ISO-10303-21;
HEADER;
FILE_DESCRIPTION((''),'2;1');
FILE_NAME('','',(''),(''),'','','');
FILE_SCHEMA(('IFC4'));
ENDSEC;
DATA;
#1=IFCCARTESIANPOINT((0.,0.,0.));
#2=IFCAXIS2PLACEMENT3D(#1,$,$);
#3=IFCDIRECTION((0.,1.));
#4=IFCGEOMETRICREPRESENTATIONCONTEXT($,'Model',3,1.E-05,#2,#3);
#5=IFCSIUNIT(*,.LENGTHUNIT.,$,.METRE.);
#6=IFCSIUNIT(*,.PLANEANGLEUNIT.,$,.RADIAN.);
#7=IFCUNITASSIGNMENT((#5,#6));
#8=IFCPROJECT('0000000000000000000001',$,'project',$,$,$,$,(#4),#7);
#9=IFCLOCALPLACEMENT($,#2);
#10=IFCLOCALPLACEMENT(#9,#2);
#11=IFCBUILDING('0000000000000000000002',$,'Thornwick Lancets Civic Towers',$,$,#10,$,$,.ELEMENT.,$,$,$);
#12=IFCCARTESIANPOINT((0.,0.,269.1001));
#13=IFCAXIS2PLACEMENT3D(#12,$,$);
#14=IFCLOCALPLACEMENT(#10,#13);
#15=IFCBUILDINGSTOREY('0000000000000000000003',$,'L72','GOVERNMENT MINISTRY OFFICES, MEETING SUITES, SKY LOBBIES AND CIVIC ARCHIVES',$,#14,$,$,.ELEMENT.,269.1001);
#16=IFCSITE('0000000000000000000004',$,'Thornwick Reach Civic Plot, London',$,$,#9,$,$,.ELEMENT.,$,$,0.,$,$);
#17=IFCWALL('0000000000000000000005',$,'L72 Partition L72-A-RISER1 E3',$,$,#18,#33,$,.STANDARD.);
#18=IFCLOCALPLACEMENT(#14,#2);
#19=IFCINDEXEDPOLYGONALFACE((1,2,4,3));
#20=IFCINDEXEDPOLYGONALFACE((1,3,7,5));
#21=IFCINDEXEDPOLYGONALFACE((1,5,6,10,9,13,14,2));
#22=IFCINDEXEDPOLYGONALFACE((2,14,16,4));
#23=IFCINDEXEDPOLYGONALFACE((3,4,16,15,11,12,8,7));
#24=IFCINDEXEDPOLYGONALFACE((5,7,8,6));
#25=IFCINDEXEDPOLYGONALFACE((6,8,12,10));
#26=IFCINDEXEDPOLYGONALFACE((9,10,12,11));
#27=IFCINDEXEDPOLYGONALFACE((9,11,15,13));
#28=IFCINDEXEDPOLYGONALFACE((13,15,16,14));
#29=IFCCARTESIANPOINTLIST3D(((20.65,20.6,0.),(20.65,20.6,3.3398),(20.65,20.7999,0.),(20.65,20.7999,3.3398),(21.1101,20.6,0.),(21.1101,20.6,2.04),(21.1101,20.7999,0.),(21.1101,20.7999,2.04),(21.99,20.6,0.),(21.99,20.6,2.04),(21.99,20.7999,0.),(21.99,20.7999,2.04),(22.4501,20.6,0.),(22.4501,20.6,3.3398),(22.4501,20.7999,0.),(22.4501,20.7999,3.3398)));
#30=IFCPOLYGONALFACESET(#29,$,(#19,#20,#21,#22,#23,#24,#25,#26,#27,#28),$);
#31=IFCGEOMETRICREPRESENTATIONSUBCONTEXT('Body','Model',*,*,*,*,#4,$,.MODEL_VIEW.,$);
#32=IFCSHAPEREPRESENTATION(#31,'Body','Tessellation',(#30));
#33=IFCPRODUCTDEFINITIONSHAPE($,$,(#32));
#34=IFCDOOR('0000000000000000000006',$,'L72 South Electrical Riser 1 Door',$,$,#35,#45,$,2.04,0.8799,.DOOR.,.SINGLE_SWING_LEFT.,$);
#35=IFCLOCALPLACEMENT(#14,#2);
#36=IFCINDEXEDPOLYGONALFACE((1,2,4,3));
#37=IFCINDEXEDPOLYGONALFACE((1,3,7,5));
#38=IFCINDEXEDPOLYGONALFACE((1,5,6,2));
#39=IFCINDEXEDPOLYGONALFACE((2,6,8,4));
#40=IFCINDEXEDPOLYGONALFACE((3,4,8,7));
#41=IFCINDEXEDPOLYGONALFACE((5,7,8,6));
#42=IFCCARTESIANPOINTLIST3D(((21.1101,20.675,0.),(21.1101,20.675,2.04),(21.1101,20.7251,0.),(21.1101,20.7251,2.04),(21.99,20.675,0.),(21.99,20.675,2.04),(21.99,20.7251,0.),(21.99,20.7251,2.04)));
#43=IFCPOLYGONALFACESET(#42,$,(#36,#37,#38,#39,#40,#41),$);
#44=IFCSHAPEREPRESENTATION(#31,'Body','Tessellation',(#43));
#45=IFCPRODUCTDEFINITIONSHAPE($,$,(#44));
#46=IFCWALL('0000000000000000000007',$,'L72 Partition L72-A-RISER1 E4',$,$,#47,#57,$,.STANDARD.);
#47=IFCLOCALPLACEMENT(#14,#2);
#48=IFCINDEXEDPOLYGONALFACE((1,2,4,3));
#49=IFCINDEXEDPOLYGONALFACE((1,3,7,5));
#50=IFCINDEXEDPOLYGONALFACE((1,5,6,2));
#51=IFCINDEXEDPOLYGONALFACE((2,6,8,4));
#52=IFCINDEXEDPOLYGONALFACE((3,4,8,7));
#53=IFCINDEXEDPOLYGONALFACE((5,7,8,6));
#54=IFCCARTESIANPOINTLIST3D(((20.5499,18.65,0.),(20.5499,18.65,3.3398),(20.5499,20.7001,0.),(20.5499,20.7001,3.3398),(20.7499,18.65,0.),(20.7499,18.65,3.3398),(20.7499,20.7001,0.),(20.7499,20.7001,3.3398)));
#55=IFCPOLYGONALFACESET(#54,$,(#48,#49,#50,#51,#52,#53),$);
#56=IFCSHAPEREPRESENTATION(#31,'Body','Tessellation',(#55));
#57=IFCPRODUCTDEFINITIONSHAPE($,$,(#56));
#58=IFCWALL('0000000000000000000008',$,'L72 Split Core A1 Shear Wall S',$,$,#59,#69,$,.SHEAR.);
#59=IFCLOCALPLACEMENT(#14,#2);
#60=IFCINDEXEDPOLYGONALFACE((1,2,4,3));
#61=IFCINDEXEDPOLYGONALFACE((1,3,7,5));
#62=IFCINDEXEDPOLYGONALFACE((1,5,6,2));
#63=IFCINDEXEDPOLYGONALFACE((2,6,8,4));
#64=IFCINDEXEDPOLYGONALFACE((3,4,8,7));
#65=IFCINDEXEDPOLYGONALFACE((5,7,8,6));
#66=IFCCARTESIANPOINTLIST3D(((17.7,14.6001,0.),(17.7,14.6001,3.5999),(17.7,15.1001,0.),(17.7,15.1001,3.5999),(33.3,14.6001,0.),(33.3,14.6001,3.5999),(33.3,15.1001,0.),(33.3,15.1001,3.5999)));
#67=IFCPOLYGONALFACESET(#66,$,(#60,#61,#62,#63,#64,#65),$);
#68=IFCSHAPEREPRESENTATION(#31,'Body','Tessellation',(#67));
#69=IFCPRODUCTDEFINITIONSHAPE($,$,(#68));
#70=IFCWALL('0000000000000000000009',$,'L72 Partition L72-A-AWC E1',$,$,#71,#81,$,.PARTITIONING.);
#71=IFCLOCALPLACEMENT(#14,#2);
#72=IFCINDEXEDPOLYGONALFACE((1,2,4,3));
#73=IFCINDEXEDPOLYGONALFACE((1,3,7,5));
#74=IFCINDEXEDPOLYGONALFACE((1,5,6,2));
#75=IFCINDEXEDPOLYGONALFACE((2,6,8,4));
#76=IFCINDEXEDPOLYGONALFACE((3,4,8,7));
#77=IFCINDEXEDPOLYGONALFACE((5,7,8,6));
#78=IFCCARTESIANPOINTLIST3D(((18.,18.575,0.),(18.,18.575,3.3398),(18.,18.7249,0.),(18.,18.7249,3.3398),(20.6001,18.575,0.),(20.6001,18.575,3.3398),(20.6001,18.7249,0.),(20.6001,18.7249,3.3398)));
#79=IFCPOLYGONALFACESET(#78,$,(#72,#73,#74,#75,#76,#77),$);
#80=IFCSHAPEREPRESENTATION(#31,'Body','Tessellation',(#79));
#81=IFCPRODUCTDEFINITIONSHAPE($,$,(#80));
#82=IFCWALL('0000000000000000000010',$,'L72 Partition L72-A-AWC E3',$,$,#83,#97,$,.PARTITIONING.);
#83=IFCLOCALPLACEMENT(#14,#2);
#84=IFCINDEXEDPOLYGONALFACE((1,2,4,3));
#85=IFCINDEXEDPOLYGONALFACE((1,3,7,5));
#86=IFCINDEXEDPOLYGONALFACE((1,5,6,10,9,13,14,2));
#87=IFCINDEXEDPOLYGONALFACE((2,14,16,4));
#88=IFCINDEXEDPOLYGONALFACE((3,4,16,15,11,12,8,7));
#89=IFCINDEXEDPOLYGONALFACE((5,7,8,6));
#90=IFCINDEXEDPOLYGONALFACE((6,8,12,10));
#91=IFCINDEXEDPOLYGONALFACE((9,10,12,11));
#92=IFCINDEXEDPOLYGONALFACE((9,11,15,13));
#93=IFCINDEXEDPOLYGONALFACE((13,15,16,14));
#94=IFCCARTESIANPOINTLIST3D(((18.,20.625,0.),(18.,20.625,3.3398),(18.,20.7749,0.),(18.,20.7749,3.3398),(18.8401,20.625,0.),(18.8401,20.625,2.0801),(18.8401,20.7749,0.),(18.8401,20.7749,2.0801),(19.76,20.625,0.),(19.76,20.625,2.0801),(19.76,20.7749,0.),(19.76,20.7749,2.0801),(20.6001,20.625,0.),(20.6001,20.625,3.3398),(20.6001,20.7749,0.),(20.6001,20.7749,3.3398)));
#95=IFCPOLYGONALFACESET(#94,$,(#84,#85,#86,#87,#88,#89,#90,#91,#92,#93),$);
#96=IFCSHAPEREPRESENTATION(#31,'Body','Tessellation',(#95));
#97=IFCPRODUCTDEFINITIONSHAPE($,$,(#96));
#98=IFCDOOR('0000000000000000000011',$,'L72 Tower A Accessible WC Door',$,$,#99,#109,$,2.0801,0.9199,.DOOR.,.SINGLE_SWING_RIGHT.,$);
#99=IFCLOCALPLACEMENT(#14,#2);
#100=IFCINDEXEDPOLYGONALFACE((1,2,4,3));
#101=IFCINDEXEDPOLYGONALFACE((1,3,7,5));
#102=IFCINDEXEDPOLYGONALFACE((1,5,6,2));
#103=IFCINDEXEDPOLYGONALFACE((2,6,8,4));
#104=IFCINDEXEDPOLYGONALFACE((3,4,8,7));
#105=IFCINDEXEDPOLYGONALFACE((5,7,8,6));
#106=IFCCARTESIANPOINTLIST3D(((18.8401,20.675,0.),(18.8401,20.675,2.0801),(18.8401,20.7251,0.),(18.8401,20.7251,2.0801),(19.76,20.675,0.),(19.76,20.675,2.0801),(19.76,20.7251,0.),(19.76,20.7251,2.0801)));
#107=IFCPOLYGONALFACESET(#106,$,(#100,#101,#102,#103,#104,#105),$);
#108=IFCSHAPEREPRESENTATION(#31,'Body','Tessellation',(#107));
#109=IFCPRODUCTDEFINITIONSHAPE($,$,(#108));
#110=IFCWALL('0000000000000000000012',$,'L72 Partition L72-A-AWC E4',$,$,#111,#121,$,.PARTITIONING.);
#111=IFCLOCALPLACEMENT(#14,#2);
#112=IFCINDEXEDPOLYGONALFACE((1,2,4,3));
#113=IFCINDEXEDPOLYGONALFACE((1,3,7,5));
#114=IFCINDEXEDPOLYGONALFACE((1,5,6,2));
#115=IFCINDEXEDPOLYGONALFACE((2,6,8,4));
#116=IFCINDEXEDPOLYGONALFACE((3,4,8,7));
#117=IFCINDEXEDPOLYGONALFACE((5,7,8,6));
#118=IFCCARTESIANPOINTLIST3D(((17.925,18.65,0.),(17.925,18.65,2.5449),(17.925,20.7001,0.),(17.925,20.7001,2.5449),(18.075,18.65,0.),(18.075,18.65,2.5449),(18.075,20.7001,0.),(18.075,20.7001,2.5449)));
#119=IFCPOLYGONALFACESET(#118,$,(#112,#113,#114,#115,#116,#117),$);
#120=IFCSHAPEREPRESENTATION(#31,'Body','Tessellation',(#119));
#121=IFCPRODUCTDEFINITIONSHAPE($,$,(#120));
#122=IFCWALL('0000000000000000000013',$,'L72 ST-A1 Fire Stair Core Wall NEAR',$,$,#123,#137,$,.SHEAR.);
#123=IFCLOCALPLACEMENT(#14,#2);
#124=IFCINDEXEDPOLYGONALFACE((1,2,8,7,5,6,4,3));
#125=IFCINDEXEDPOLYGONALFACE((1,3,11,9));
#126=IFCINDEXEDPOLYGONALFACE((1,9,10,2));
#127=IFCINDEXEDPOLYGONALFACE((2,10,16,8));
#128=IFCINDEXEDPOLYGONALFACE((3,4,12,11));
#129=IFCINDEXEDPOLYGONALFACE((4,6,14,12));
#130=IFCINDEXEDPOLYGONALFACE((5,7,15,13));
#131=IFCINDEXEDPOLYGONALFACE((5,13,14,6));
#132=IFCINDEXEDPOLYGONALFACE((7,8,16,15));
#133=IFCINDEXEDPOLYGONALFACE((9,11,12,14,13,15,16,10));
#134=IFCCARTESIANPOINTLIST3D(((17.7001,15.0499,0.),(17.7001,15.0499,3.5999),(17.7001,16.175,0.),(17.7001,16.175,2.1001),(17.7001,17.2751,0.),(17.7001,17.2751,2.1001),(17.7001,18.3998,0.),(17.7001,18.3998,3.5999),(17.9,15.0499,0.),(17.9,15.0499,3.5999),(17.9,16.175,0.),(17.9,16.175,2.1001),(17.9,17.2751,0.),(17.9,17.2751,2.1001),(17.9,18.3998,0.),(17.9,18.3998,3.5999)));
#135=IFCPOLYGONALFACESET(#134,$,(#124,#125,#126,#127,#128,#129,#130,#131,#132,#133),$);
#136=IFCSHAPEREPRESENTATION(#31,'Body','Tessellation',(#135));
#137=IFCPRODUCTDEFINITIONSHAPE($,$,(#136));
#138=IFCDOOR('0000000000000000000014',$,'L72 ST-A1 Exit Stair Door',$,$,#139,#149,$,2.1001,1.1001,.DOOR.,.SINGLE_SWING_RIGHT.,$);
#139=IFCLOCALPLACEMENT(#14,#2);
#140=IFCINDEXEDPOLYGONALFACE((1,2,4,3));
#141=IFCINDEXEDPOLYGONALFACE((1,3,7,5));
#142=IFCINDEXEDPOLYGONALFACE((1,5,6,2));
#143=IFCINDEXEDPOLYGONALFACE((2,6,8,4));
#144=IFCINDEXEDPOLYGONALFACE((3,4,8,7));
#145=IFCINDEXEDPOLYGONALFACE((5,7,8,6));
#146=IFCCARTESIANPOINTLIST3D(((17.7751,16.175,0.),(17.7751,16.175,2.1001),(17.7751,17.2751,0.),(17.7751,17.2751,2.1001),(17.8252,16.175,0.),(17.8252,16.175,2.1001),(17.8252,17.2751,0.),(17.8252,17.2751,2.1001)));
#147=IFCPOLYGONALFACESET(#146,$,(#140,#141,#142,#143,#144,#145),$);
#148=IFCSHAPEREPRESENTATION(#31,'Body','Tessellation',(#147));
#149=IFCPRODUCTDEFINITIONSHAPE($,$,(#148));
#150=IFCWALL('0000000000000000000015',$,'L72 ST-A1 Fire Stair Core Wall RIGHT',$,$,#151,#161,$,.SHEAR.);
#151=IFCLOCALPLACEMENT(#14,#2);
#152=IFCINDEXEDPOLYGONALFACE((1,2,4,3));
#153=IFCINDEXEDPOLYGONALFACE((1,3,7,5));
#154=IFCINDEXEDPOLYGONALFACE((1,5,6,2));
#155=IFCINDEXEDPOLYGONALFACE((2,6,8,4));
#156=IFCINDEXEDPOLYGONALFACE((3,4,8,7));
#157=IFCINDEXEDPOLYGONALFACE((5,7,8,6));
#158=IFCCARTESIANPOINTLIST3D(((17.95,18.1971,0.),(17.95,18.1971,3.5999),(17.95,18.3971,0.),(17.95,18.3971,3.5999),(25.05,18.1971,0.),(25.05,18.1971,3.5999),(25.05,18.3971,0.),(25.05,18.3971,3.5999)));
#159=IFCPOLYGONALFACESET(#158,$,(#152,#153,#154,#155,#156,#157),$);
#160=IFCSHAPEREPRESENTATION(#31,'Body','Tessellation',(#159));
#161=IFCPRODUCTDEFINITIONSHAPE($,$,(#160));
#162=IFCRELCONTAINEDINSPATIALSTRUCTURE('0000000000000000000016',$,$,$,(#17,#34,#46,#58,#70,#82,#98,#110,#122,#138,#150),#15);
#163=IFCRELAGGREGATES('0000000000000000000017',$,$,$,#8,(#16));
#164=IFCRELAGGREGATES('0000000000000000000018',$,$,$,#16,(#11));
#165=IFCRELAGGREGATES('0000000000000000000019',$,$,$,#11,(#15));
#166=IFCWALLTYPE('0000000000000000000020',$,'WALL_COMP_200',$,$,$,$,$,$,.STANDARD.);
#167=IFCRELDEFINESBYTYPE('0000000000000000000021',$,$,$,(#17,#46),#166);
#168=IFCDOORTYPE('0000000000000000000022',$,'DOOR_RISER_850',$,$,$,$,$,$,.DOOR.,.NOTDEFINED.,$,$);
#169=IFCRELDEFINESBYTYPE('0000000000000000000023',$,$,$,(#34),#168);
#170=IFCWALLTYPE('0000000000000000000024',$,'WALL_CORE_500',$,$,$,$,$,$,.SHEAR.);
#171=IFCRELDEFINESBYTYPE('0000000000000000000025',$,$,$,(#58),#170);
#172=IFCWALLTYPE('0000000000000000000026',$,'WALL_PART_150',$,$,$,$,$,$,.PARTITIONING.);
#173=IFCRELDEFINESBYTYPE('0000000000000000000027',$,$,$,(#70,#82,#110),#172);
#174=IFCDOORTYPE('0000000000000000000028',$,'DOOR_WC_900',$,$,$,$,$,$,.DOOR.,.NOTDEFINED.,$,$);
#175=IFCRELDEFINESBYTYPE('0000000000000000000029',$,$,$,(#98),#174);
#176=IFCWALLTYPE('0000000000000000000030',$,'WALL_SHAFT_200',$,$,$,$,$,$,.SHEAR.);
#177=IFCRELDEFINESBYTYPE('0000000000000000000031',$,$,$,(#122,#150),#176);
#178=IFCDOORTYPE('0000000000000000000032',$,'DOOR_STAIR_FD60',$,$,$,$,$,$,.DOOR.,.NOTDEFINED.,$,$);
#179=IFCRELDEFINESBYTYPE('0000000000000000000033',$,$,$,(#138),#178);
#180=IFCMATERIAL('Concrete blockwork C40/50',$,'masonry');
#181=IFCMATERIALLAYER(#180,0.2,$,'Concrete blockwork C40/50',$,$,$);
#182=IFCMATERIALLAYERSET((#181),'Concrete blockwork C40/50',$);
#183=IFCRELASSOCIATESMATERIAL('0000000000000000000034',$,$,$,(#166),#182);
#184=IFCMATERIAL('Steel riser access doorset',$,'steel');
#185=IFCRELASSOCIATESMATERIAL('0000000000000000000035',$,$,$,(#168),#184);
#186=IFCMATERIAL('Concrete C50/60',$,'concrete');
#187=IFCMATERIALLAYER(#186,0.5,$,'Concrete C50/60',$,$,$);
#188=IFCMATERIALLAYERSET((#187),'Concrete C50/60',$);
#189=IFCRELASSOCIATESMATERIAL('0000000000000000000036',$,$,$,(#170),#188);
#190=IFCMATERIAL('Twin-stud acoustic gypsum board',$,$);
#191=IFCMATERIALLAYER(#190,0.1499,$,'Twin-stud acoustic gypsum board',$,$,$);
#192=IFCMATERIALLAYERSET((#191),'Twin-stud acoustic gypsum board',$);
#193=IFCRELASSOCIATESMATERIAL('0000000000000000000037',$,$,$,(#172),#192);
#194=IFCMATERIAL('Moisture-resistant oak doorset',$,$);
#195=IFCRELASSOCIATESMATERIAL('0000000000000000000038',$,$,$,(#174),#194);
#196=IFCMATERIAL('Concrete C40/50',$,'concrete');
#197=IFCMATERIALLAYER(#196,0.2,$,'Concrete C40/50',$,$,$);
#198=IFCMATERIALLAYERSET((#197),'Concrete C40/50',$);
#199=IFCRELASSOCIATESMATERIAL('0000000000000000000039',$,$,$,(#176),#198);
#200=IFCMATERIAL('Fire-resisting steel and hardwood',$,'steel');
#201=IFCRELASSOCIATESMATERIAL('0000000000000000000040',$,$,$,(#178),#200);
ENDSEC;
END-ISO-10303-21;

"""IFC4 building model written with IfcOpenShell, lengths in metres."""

from ifc_helpers import new_model, si_unit, direction, frame, frame_2d, origin, place, context, subcontext, project, spatial, rectangle, extrude, material, layer, layer_set, type_object, element, fill, save


model = new_model("IFC4")

# Units and contexts
model_context = context("Model", 3, precision=1e-05, world=origin(), true_north=direction((0.0, 1.0)))
body_context = subcontext(model_context, "Body", "Model", "MODEL_VIEW")
ifc_project = project(units=[si_unit("LENGTHUNIT", "METRE"), si_unit("PLANEANGLEUNIT", "RADIAN")], contexts=[model_context])

# Site, building, storey
site_placement = place(None, origin())
site = spatial("IfcSite", under=ifc_project, at=site_placement, Name="Thornwick Reach Civic Plot, London", CompositionType="ELEMENT", RefElevation=0.0)
building_placement = place(site_placement, origin())
building = spatial("IfcBuilding", under=site, at=building_placement, Name="Thornwick Lancets Civic Towers", CompositionType="ELEMENT")
storey_placement = place(building_placement, frame((0.0, 0.0, 269.1001)))
storey = spatial("IfcBuildingStorey", under=building, at=storey_placement, Name="L72", Description="GOVERNMENT MINISTRY OFFICES, MEETING SUITES, SKY LOBBIES AND CIVIC ARCHIVES", CompositionType="ELEMENT", Elevation=269.1001)

# Shared definitions
ifc_material_1 = material(Name="Concrete C50/60", Category="concrete")

# Shared definitions
ifc_material_2 = material(Name="Concrete C40/50", Category="concrete")

# Shared definitions
ifc_material_3 = material(Name="Concrete blockwork C40/50", Category="masonry")
ifc_layer_1 = layer(ifc_material_3, 0.2, Name="Concrete blockwork C40/50")
ifc_layer_set_1 = layer_set([ifc_layer_1], Name="Concrete blockwork C40/50")
wall_type_1 = type_object("IfcWallType", Name="WALL_COMP_200", PredefinedType="STANDARD", material=ifc_layer_set_1)

# Wall, opening, door
wall_1_placement = place(storey_placement, frame((22.45, 20.7, 0.0), z_axis=(0.0, 0.0, 1.0), x_axis=(-1.0, 0.0, 0.0)))
wall_1 = element("IfcWall", 1, at=wall_1_placement, inside=storey, type_object=wall_type_1, Name="L72 Partition L72-A-RISER1 E3", PredefinedType="STANDARD", context=body_context, shape_type="SweptSolid", body=[
    extrude(rectangle(XDim=1.8, YDim=0.2, at=frame_2d((0.8999, 0.0))), origin(), (0.0, 0.0, 1.0), 3.3398),
])
opening_1_placement = place(wall_1_placement, frame((0.46, 0.0, 0.0)))
opening_1 = element("IfcOpeningElement", 2, at=opening_1_placement, cuts=wall_1, PredefinedType="OPENING", context=body_context, shape_type="SweptSolid", body=[
    extrude(rectangle(XDim=0.8799, YDim=2.04, at=frame_2d((0.4399, 1.02))), frame((0.0, 0.1099, 0.0), z_axis=(0.0, -1.0, 0.0), x_axis=(1.0, 0.0, 0.0)), (0.0, 0.0, 1.0), 0.22),
])
ifc_material_4 = material(Name="Steel riser access doorset", Category="steel")
door_type_1 = type_object("IfcDoorType", Name="DOOR_RISER_850", OperationType="NOTDEFINED", PredefinedType="DOOR", material=ifc_material_4)
door_1_placement = place(opening_1_placement, origin())
door_1 = element("IfcDoor", 3, at=door_1_placement, inside=storey, type_object=door_type_1, Name="L72 South Electrical Riser 1 Door", OperationType="SINGLE_SWING_LEFT", OverallHeight=2.04, OverallWidth=0.8799, PredefinedType="DOOR", context=body_context, shape_type="SweptSolid", body=[
    extrude(rectangle(XDim=0.8799, YDim=2.04, at=frame_2d((0.4399, 1.02))), frame((0.0, 0.0249, 0.0), z_axis=(0.0, -1.0, 0.0), x_axis=(1.0, 0.0, 0.0)), (0.0, 0.0, 1.0), 0.05),
])
fill(opening_1, door_1)

# Walls
wall_2_placement = place(storey_placement, frame((20.6499, 20.7, 0.0), z_axis=(0.0, 0.0, 1.0), x_axis=(0.0, -1.0, 0.0)))
element("IfcWall", 4, at=wall_2_placement, inside=storey, type_object=wall_type_1, Name="L72 Partition L72-A-RISER1 E4", PredefinedType="STANDARD", context=body_context, shape_type="SweptSolid", body=[
    extrude(rectangle(XDim=2.05, YDim=0.2, at=frame_2d((1.0249, 0.0))), origin(), (0.0, 0.0, 1.0), 3.3398),
])
ifc_layer_2 = layer(ifc_material_1, 0.5, Name="Concrete C50/60")
ifc_layer_set_2 = layer_set([ifc_layer_2], Name="Concrete C50/60")
wall_type_2 = type_object("IfcWallType", Name="WALL_CORE_500", PredefinedType="SHEAR", material=ifc_layer_set_2)
wall_3_placement = place(storey_placement, frame((17.7, 14.8501, 0.0), z_axis=(0.0, 0.0, 1.0), x_axis=(1.0, 0.0, 0.0)))
element("IfcWall", 5, at=wall_3_placement, inside=storey, type_object=wall_type_2, Name="L72 Split Core A1 Shear Wall S", PredefinedType="SHEAR", context=body_context, shape_type="SweptSolid", body=[
    extrude(rectangle(XDim=15.6001, YDim=0.5, at=frame_2d((7.8, 0.0))), origin(), (0.0, 0.0, 1.0), 3.5999),
])
ifc_material_5 = material(Name="Twin-stud acoustic gypsum board")
ifc_layer_3 = layer(ifc_material_5, 0.1499, Name="Twin-stud acoustic gypsum board")
ifc_layer_set_3 = layer_set([ifc_layer_3], Name="Twin-stud acoustic gypsum board")
wall_type_3 = type_object("IfcWallType", Name="WALL_PART_150", PredefinedType="PARTITIONING", material=ifc_layer_set_3)
wall_4_placement = place(storey_placement, frame((18.0, 18.6499, 0.0), z_axis=(0.0, 0.0, 1.0), x_axis=(1.0, 0.0, 0.0)))
element("IfcWall", 6, at=wall_4_placement, inside=storey, type_object=wall_type_3, Name="L72 Partition L72-A-AWC E1", PredefinedType="PARTITIONING", context=body_context, shape_type="SweptSolid", body=[
    extrude(rectangle(XDim=2.6001, YDim=0.1499, at=frame_2d((1.3, 0.0))), origin(), (0.0, 0.0, 1.0), 3.3398),
])

# Wall, opening, door
wall_5_placement = place(storey_placement, frame((20.6001, 20.7, 0.0), z_axis=(0.0, 0.0, 1.0), x_axis=(-1.0, 0.0, 0.0)))
wall_5 = element("IfcWall", 7, at=wall_5_placement, inside=storey, type_object=wall_type_3, Name="L72 Partition L72-A-AWC E3", PredefinedType="PARTITIONING", context=body_context, shape_type="SweptSolid", body=[
    extrude(rectangle(XDim=2.6001, YDim=0.1499, at=frame_2d((1.3, 0.0))), origin(), (0.0, 0.0, 1.0), 3.3398),
])
opening_2_placement = place(wall_5_placement, frame((0.8401, 0.0, 0.0)))
opening_2 = element("IfcOpeningElement", 8, at=opening_2_placement, cuts=wall_5, PredefinedType="OPENING", context=body_context, shape_type="SweptSolid", body=[
    extrude(rectangle(XDim=0.9199, YDim=2.0801, at=frame_2d((0.46, 1.04))), frame((0.0, 0.085, 0.0), z_axis=(0.0, -1.0, 0.0), x_axis=(1.0, 0.0, 0.0)), (0.0, 0.0, 1.0), 0.1699),
])
ifc_material_6 = material(Name="Moisture-resistant oak doorset")
door_type_2 = type_object("IfcDoorType", Name="DOOR_WC_900", OperationType="NOTDEFINED", PredefinedType="DOOR", material=ifc_material_6)
door_2_placement = place(opening_2_placement, origin())
door_2 = element("IfcDoor", 9, at=door_2_placement, inside=storey, type_object=door_type_2, Name="L72 Tower A Accessible WC Door", OperationType="SINGLE_SWING_RIGHT", OverallHeight=2.0801, OverallWidth=0.9199, PredefinedType="DOOR", context=body_context, shape_type="SweptSolid", body=[
    extrude(rectangle(XDim=0.9199, YDim=2.0801, at=frame_2d((0.46, 1.04))), frame((0.0, 0.0249, 0.0), z_axis=(0.0, -1.0, 0.0), x_axis=(1.0, 0.0, 0.0)), (0.0, 0.0, 1.0), 0.05),
])
fill(opening_2, door_2)

# Wall
wall_6_placement = place(storey_placement, frame((18.0, 20.7, 0.0), z_axis=(0.0, 0.0, 1.0), x_axis=(0.0, -1.0, 0.0)))
element("IfcWall", 10, at=wall_6_placement, inside=storey, type_object=wall_type_3, Name="L72 Partition L72-A-AWC E4", PredefinedType="PARTITIONING", context=body_context, shape_type="SweptSolid", body=[
    extrude(rectangle(XDim=2.05, YDim=0.1499, at=frame_2d((1.0249, 0.0))), origin(), (0.0, 0.0, 1.0), 2.5449),
])

# Wall, opening, door
ifc_layer_4 = layer(ifc_material_2, 0.2, Name="Concrete C40/50")
ifc_layer_set_4 = layer_set([ifc_layer_4], Name="Concrete C40/50")
wall_type_4 = type_object("IfcWallType", Name="WALL_SHAFT_200", PredefinedType="SHEAR", material=ifc_layer_set_4)
wall_7_placement = place(storey_placement, frame((17.8, 15.05, 0.0), z_axis=(0.0, 0.0, 1.0), x_axis=(0.0, 1.0, 0.0)))
wall_7 = element("IfcWall", 11, at=wall_7_placement, inside=storey, type_object=wall_type_4, Name="L72 ST-A1 Fire Stair Core Wall NEAR", PredefinedType="SHEAR", context=body_context, shape_type="SweptSolid", body=[
    extrude(rectangle(XDim=3.3499, YDim=0.2, at=frame_2d((1.6748, 0.0))), origin(), (0.0, 0.0, 1.0), 3.5999),
])
opening_3_placement = place(wall_7_placement, frame((1.125, 0.0, 0.0)))
opening_3 = element("IfcOpeningElement", 12, at=opening_3_placement, cuts=wall_7, PredefinedType="OPENING", context=body_context, shape_type="SweptSolid", body=[
    extrude(rectangle(XDim=1.1001, YDim=2.1001, at=frame_2d((0.55, 1.05))), frame((0.0, 0.1099, 0.0), z_axis=(0.0, -1.0, 0.0), x_axis=(1.0, 0.0, 0.0)), (0.0, 0.0, 1.0), 0.22),
])
ifc_material_7 = material(Name="Fire-resisting steel and hardwood", Category="steel")
door_type_3 = type_object("IfcDoorType", Name="DOOR_STAIR_FD60", OperationType="NOTDEFINED", PredefinedType="DOOR", material=ifc_material_7)
door_3_placement = place(opening_3_placement, origin())
door_3 = element("IfcDoor", 13, at=door_3_placement, inside=storey, type_object=door_type_3, Name="L72 ST-A1 Exit Stair Door", OperationType="SINGLE_SWING_RIGHT", OverallHeight=2.1001, OverallWidth=1.1001, PredefinedType="DOOR", context=body_context, shape_type="SweptSolid", body=[
    extrude(rectangle(XDim=1.1001, YDim=2.1001, at=frame_2d((0.55, 1.05))), frame((0.0, 0.0249, 0.0), z_axis=(0.0, -1.0, 0.0), x_axis=(1.0, 0.0, 0.0)), (0.0, 0.0, 1.0), 0.05),
])
fill(opening_3, door_3)

# Wall
wall_8_placement = place(storey_placement, frame((25.05, 18.2971, 0.0), z_axis=(0.0, 0.0, 1.0), x_axis=(-1.0, 0.0, 0.0)))
element("IfcWall", 14, at=wall_8_placement, inside=storey, type_object=wall_type_4, Name="L72 ST-A1 Fire Stair Core Wall RIGHT", PredefinedType="SHEAR", context=body_context, shape_type="SweptSolid", body=[
    extrude(rectangle(XDim=7.1001, YDim=0.2, at=frame_2d((3.55, 0.0))), origin(), (0.0, 0.0, 1.0), 3.5999),
])

save(model, "model.ifc")
